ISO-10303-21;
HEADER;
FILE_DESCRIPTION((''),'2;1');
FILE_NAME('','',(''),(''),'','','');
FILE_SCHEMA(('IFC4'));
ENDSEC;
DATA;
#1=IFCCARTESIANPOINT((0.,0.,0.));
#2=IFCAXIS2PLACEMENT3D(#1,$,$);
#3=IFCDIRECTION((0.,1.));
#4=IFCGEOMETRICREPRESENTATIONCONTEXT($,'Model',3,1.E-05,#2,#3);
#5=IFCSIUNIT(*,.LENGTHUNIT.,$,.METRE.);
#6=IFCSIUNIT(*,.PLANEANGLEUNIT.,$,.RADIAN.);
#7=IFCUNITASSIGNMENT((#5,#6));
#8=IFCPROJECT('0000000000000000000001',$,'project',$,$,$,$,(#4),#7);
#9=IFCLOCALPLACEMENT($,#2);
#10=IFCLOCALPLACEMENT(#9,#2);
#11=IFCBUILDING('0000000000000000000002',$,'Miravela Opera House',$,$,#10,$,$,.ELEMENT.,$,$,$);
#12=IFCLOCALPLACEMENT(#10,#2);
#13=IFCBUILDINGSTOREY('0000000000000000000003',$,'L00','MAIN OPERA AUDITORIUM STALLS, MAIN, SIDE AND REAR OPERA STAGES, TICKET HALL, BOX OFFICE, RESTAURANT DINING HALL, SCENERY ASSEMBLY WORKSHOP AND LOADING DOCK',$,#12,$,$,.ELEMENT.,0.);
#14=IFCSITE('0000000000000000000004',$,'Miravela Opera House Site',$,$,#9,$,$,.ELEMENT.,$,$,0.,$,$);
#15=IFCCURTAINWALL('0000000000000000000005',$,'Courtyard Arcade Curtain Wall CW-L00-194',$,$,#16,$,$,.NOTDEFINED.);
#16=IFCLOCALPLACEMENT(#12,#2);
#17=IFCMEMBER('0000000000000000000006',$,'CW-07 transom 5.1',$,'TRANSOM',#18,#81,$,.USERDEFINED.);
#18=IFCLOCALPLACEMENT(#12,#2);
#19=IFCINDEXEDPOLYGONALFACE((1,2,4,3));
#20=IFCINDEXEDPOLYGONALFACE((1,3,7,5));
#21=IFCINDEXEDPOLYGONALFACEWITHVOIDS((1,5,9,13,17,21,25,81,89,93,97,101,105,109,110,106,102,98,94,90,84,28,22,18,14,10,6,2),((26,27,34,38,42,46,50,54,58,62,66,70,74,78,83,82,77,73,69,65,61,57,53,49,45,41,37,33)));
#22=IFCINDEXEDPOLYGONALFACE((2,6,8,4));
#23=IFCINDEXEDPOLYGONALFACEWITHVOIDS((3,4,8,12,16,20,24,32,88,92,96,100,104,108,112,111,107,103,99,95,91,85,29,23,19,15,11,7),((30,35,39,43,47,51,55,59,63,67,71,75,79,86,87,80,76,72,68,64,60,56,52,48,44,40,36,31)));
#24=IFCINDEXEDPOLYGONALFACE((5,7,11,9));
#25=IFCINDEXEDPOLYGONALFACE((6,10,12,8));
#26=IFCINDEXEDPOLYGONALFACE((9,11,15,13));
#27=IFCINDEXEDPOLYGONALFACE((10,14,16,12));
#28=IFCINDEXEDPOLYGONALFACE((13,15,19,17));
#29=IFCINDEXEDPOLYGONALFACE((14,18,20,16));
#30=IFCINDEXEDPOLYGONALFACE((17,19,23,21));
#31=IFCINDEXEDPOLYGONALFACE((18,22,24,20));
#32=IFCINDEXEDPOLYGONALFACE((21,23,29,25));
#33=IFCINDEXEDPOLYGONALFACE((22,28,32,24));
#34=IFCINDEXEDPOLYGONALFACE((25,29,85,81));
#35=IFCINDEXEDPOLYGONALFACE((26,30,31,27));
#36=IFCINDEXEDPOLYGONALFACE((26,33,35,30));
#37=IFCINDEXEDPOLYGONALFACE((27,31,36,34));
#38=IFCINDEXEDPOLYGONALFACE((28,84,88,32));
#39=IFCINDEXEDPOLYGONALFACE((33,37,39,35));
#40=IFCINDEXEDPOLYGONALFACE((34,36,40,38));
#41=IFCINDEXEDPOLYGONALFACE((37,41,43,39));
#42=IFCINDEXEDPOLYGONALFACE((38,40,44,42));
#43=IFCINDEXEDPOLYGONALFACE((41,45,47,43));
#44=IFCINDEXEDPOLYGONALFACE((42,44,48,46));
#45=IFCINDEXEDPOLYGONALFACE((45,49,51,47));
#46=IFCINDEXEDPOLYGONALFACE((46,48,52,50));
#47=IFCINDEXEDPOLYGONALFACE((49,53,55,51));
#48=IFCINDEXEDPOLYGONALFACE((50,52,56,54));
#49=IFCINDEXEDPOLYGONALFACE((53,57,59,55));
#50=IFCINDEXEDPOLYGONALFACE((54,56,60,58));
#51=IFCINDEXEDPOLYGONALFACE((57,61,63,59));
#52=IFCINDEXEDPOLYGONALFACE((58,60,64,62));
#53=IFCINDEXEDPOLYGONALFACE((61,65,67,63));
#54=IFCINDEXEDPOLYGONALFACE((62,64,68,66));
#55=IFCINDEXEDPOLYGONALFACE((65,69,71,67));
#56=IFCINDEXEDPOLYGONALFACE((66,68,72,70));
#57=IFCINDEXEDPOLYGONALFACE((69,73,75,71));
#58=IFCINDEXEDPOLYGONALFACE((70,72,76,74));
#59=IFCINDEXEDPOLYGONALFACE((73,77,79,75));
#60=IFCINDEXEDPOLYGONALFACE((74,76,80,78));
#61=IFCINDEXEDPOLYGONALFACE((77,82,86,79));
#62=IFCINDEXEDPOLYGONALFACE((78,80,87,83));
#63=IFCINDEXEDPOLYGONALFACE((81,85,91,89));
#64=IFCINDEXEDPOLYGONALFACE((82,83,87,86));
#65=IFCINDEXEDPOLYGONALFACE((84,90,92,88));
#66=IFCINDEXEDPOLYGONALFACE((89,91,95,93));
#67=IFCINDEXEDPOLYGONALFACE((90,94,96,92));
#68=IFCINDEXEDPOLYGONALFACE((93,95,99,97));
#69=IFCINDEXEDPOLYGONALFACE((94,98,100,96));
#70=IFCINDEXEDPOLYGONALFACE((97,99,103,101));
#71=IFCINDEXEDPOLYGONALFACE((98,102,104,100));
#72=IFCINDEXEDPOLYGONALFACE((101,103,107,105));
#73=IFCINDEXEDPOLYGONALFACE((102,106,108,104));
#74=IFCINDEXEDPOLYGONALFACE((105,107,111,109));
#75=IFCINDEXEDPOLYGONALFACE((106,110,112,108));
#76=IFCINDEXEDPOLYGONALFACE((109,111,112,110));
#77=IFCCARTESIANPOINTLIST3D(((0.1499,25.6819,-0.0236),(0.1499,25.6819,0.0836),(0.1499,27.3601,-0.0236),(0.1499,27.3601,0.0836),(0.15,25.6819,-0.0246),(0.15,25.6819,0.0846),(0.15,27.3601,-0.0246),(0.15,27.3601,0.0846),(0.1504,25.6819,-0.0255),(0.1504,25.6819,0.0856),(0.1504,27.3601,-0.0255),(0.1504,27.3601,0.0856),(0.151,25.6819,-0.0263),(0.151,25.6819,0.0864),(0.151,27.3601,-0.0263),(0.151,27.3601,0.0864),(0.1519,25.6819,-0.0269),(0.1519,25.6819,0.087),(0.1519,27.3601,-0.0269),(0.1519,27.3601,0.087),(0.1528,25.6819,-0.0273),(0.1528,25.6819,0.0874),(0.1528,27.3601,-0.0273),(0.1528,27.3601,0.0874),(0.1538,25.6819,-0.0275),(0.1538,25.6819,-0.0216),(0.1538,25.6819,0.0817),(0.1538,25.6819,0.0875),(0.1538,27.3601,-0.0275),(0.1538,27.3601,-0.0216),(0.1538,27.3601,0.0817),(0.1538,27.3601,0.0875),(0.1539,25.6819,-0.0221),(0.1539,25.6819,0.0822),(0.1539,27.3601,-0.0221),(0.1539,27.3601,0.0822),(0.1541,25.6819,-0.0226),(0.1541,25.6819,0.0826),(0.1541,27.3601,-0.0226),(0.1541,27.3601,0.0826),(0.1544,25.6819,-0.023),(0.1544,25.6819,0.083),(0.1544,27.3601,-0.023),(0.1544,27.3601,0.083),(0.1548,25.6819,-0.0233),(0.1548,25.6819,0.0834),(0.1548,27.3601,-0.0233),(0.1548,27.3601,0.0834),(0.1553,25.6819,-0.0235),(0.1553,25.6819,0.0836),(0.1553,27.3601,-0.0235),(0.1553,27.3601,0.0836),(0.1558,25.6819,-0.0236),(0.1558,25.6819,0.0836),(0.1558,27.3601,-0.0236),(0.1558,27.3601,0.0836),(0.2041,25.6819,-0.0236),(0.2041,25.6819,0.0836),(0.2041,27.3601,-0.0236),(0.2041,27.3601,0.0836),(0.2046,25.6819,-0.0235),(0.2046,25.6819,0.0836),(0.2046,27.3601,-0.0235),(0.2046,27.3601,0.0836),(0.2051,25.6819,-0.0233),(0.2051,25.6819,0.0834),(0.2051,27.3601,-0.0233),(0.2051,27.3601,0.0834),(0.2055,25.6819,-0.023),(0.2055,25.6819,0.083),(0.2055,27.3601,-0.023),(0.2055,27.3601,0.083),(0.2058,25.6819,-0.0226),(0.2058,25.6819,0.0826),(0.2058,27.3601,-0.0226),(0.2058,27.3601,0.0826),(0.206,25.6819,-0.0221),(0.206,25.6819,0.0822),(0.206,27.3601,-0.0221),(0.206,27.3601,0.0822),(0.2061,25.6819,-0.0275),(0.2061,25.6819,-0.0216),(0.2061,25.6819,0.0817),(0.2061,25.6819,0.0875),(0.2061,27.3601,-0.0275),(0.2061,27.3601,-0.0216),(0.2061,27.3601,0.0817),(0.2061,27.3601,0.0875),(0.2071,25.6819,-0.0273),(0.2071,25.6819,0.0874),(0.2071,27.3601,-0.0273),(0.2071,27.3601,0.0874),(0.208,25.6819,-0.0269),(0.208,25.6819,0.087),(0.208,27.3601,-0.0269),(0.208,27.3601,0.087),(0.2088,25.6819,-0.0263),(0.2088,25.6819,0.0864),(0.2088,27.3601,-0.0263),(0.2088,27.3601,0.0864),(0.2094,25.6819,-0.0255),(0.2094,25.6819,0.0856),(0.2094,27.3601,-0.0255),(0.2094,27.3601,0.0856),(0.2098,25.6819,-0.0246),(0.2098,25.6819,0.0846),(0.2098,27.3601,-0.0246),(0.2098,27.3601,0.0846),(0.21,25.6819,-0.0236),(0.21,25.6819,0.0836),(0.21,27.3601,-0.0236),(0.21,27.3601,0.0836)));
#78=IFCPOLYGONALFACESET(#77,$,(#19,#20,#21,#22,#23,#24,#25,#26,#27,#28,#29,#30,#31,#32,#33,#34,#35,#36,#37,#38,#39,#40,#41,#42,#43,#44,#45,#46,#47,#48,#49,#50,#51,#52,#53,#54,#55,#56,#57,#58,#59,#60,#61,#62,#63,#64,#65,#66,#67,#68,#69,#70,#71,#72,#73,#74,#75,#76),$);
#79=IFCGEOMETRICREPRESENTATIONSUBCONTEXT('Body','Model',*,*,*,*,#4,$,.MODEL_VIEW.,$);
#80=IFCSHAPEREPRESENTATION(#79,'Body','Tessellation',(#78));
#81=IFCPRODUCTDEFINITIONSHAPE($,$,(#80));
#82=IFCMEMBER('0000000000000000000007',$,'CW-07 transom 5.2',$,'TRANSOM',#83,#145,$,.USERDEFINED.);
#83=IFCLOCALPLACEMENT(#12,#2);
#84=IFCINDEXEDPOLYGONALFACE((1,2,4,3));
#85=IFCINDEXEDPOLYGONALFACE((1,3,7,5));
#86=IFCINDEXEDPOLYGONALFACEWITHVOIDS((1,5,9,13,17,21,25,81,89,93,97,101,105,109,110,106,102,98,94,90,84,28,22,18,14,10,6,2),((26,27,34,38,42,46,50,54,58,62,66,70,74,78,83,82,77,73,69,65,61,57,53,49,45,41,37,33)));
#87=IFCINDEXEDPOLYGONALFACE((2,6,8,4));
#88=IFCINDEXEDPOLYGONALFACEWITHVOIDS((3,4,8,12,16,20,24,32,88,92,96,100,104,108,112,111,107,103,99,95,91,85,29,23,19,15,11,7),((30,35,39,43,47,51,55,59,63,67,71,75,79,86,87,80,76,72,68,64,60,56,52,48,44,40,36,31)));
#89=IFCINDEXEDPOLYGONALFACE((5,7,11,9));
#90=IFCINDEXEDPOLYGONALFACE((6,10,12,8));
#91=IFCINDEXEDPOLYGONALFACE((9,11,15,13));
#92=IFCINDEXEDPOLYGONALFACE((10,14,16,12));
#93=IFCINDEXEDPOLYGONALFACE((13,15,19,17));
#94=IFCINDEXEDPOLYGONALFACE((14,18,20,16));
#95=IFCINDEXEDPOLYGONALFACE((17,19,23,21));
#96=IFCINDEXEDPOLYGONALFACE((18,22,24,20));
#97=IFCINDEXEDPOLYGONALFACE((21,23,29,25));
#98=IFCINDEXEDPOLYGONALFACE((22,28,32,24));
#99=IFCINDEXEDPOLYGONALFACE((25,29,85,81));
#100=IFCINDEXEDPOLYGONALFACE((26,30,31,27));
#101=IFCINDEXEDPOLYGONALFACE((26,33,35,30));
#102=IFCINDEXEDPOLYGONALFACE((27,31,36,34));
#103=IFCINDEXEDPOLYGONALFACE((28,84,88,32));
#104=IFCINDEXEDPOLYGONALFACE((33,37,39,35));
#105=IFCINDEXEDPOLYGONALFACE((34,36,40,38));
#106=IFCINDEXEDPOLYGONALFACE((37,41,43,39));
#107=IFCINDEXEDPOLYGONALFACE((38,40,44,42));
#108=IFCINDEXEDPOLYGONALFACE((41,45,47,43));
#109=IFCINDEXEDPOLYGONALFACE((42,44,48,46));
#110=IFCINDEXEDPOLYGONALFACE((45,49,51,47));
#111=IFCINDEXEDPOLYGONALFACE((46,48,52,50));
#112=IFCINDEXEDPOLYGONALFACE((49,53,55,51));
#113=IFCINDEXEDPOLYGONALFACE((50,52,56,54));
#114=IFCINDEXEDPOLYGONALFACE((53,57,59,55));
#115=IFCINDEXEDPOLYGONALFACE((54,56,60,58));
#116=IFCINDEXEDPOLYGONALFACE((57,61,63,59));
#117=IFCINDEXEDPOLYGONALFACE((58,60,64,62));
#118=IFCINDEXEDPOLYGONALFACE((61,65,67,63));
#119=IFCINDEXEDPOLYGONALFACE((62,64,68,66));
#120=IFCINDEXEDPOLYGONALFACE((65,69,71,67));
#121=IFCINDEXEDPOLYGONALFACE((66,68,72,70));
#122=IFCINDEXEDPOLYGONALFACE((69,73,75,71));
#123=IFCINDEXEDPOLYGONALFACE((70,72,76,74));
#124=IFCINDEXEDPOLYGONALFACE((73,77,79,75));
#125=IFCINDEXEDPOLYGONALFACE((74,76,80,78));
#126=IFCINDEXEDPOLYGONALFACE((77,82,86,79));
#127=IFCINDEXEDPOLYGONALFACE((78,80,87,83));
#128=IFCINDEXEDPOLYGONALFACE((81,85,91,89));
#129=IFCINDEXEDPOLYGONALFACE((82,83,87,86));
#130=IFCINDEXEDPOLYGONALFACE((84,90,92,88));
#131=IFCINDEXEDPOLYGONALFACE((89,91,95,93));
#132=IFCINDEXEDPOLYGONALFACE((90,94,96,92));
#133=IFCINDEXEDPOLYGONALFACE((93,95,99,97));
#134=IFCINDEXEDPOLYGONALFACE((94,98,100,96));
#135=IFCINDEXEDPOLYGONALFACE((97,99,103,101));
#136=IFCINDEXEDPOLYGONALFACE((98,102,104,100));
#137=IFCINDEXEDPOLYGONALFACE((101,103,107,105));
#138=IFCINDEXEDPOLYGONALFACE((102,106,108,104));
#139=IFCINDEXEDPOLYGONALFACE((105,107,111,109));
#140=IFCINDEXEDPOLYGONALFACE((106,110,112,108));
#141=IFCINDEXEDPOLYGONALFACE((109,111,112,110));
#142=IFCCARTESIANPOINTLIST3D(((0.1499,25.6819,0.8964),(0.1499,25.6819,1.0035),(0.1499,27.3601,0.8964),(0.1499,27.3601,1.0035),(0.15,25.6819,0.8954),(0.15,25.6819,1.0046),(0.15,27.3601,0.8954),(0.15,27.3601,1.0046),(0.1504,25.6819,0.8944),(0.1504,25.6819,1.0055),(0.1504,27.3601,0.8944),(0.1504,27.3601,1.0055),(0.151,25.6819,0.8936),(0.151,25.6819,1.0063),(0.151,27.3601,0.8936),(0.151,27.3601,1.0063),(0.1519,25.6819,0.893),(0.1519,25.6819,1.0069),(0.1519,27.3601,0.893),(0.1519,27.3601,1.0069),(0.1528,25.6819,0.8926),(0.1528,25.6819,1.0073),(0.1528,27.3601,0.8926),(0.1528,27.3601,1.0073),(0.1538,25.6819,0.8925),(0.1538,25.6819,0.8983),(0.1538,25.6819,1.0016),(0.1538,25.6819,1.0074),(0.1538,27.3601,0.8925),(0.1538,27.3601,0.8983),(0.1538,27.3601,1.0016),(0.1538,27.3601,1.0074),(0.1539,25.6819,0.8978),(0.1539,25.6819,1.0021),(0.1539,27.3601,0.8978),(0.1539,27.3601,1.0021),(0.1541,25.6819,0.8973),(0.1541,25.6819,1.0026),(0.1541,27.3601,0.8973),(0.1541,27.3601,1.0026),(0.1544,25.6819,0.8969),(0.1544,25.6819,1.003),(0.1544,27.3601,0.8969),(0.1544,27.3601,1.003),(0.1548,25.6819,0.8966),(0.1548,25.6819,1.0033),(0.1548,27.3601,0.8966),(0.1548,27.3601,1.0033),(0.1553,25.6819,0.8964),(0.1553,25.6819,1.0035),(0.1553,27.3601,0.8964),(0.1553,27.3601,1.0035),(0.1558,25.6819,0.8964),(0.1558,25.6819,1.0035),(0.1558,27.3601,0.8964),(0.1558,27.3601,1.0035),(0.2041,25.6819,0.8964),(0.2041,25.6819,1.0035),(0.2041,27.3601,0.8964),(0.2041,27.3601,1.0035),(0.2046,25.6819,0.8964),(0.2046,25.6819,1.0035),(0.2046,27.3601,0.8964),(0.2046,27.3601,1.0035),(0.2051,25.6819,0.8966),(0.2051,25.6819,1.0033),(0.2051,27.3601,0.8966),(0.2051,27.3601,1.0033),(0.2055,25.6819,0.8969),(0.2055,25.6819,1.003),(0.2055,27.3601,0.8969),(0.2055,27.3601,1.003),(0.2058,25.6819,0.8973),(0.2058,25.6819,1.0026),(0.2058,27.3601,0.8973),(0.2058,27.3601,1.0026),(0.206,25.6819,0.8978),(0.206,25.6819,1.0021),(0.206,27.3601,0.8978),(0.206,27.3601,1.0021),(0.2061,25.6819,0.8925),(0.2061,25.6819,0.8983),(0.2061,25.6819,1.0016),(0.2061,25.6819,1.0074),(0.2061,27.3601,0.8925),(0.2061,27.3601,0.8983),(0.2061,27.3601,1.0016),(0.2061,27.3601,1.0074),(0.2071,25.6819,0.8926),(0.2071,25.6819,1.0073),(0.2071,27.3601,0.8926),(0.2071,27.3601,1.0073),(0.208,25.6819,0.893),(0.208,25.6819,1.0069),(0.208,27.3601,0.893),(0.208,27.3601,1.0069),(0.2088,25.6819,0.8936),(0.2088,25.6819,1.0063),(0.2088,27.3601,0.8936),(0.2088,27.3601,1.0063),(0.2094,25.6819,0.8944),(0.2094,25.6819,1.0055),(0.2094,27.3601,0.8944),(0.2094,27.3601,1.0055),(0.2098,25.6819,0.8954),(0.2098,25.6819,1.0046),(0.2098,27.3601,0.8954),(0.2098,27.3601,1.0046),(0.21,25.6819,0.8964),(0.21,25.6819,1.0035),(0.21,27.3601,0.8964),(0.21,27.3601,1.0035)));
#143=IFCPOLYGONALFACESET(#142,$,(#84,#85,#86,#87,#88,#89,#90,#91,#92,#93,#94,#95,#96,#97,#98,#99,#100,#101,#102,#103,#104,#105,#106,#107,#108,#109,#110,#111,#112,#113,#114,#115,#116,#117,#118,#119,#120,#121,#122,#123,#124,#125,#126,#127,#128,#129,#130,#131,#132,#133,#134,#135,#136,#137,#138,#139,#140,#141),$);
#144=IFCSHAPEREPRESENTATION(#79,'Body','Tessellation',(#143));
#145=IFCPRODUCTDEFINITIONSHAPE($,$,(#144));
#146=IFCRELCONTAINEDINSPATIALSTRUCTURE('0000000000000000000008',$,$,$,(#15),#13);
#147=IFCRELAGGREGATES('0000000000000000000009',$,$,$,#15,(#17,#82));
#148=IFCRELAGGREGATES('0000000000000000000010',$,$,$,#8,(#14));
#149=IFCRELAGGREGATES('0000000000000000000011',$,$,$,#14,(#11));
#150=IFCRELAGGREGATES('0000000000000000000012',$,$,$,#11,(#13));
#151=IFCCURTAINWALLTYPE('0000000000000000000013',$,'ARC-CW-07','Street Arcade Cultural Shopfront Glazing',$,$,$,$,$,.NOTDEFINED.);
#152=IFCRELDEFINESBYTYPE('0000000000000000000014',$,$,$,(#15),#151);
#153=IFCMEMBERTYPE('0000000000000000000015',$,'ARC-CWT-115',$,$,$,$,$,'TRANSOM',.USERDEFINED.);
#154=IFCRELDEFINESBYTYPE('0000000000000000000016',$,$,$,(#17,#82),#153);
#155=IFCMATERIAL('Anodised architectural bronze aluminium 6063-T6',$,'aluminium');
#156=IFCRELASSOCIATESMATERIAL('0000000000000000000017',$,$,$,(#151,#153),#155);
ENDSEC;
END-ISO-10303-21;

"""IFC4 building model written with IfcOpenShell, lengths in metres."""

from ifc_helpers import new_model, si_unit, direction, frame, origin, origin_2d, place, context, subcontext, project, spatial, hollow_rectangle, extrude, material, material_profile, profile_set, type_object, element, aggregate, save


model = new_model("IFC4")

# Units and contexts
model_context = context("Model", 3, precision=1e-05, world=origin(), true_north=direction((0.0, 1.0)))
body_context = subcontext(model_context, "Body", "Model", "MODEL_VIEW")
ifc_project = project(units=[si_unit("LENGTHUNIT", "METRE"), si_unit("PLANEANGLEUNIT", "RADIAN")], contexts=[model_context])

# Site, building, storey
site_placement = place(None, origin())
site = spatial("IfcSite", under=ifc_project, at=site_placement, Name="Miravela Opera House Site", CompositionType="ELEMENT", RefElevation=0.0)
building_placement = place(site_placement, origin())
building = spatial("IfcBuilding", under=site, at=building_placement, Name="Miravela Opera House", CompositionType="ELEMENT")
storey_placement = place(building_placement, origin())
storey = spatial("IfcBuildingStorey", under=building, at=storey_placement, Name="L00", Description="MAIN OPERA AUDITORIUM STALLS, MAIN, SIDE AND REAR OPERA STAGES, TICKET HALL, BOX OFFICE, RESTAURANT DINING HALL, SCENERY ASSEMBLY WORKSHOP AND LOADING DOCK", CompositionType="ELEMENT", Elevation=0.0)

# Curtain wall, members
ifc_material_1 = material(Name="Anodised architectural bronze aluminium 6063-T6", Category="aluminium")
curtain_wall_type = type_object("IfcCurtainWallType", Name="ARC-CW-07", Description="Street Arcade Cultural Shopfront Glazing", PredefinedType="NOTDEFINED", material=ifc_material_1)
curtain_wall_placement = place(storey_placement, origin())
curtain_wall = element("IfcCurtainWall", 1, at=curtain_wall_placement, inside=storey, type_object=curtain_wall_type, Name="Courtyard Arcade Curtain Wall CW-L00-194", PredefinedType="NOTDEFINED")
ifc_material_profile_1 = material_profile(ifc_material_1, hollow_rectangle(XDim=0.0601, YDim=0.115, WallThickness=0.0039, InnerFilletRadius=0.002, OuterFilletRadius=0.0039, at=origin_2d()), Name="CWT-60X115")
ifc_profile_set_1 = profile_set([ifc_material_profile_1])
member_type_1 = type_object("IfcMemberType", Name="ARC-CWT-115", ElementType="TRANSOM", PredefinedType="USERDEFINED", material=ifc_profile_set_1)
member_1_placement = place(storey_placement, frame((0.1799, 25.6819, 0.03), z_axis=(0.0, 1.0, 0.0), x_axis=(-1.0, 0.0, 0.0)))
member_1 = element("IfcMember", 2, at=member_1_placement, type_object=member_type_1, Name="CW-07 transom 5.1", ObjectType="TRANSOM", PredefinedType="USERDEFINED", context=body_context, shape_type="SweptSolid", body=[
    extrude(hollow_rectangle(XDim=0.0601, YDim=0.115, WallThickness=0.0039, InnerFilletRadius=0.002, OuterFilletRadius=0.0039, at=origin_2d()), origin(), (0.0, 0.0, 1.0), 1.6782),
])
member_2_placement = place(storey_placement, frame((0.1799, 25.6819, 0.95), z_axis=(0.0, 1.0, 0.0), x_axis=(-1.0, 0.0, 0.0)))
member_2 = element("IfcMember", 3, at=member_2_placement, type_object=member_type_1, Name="CW-07 transom 5.2", ObjectType="TRANSOM", PredefinedType="USERDEFINED", context=body_context, shape_type="SweptSolid", body=[
    extrude(hollow_rectangle(XDim=0.0601, YDim=0.115, WallThickness=0.0039, InnerFilletRadius=0.002, OuterFilletRadius=0.0039, at=origin_2d()), origin(), (0.0, 0.0, 1.0), 1.6782),
])

aggregate(curtain_wall, [member_1, member_2])

save(model, "model.ifc")
